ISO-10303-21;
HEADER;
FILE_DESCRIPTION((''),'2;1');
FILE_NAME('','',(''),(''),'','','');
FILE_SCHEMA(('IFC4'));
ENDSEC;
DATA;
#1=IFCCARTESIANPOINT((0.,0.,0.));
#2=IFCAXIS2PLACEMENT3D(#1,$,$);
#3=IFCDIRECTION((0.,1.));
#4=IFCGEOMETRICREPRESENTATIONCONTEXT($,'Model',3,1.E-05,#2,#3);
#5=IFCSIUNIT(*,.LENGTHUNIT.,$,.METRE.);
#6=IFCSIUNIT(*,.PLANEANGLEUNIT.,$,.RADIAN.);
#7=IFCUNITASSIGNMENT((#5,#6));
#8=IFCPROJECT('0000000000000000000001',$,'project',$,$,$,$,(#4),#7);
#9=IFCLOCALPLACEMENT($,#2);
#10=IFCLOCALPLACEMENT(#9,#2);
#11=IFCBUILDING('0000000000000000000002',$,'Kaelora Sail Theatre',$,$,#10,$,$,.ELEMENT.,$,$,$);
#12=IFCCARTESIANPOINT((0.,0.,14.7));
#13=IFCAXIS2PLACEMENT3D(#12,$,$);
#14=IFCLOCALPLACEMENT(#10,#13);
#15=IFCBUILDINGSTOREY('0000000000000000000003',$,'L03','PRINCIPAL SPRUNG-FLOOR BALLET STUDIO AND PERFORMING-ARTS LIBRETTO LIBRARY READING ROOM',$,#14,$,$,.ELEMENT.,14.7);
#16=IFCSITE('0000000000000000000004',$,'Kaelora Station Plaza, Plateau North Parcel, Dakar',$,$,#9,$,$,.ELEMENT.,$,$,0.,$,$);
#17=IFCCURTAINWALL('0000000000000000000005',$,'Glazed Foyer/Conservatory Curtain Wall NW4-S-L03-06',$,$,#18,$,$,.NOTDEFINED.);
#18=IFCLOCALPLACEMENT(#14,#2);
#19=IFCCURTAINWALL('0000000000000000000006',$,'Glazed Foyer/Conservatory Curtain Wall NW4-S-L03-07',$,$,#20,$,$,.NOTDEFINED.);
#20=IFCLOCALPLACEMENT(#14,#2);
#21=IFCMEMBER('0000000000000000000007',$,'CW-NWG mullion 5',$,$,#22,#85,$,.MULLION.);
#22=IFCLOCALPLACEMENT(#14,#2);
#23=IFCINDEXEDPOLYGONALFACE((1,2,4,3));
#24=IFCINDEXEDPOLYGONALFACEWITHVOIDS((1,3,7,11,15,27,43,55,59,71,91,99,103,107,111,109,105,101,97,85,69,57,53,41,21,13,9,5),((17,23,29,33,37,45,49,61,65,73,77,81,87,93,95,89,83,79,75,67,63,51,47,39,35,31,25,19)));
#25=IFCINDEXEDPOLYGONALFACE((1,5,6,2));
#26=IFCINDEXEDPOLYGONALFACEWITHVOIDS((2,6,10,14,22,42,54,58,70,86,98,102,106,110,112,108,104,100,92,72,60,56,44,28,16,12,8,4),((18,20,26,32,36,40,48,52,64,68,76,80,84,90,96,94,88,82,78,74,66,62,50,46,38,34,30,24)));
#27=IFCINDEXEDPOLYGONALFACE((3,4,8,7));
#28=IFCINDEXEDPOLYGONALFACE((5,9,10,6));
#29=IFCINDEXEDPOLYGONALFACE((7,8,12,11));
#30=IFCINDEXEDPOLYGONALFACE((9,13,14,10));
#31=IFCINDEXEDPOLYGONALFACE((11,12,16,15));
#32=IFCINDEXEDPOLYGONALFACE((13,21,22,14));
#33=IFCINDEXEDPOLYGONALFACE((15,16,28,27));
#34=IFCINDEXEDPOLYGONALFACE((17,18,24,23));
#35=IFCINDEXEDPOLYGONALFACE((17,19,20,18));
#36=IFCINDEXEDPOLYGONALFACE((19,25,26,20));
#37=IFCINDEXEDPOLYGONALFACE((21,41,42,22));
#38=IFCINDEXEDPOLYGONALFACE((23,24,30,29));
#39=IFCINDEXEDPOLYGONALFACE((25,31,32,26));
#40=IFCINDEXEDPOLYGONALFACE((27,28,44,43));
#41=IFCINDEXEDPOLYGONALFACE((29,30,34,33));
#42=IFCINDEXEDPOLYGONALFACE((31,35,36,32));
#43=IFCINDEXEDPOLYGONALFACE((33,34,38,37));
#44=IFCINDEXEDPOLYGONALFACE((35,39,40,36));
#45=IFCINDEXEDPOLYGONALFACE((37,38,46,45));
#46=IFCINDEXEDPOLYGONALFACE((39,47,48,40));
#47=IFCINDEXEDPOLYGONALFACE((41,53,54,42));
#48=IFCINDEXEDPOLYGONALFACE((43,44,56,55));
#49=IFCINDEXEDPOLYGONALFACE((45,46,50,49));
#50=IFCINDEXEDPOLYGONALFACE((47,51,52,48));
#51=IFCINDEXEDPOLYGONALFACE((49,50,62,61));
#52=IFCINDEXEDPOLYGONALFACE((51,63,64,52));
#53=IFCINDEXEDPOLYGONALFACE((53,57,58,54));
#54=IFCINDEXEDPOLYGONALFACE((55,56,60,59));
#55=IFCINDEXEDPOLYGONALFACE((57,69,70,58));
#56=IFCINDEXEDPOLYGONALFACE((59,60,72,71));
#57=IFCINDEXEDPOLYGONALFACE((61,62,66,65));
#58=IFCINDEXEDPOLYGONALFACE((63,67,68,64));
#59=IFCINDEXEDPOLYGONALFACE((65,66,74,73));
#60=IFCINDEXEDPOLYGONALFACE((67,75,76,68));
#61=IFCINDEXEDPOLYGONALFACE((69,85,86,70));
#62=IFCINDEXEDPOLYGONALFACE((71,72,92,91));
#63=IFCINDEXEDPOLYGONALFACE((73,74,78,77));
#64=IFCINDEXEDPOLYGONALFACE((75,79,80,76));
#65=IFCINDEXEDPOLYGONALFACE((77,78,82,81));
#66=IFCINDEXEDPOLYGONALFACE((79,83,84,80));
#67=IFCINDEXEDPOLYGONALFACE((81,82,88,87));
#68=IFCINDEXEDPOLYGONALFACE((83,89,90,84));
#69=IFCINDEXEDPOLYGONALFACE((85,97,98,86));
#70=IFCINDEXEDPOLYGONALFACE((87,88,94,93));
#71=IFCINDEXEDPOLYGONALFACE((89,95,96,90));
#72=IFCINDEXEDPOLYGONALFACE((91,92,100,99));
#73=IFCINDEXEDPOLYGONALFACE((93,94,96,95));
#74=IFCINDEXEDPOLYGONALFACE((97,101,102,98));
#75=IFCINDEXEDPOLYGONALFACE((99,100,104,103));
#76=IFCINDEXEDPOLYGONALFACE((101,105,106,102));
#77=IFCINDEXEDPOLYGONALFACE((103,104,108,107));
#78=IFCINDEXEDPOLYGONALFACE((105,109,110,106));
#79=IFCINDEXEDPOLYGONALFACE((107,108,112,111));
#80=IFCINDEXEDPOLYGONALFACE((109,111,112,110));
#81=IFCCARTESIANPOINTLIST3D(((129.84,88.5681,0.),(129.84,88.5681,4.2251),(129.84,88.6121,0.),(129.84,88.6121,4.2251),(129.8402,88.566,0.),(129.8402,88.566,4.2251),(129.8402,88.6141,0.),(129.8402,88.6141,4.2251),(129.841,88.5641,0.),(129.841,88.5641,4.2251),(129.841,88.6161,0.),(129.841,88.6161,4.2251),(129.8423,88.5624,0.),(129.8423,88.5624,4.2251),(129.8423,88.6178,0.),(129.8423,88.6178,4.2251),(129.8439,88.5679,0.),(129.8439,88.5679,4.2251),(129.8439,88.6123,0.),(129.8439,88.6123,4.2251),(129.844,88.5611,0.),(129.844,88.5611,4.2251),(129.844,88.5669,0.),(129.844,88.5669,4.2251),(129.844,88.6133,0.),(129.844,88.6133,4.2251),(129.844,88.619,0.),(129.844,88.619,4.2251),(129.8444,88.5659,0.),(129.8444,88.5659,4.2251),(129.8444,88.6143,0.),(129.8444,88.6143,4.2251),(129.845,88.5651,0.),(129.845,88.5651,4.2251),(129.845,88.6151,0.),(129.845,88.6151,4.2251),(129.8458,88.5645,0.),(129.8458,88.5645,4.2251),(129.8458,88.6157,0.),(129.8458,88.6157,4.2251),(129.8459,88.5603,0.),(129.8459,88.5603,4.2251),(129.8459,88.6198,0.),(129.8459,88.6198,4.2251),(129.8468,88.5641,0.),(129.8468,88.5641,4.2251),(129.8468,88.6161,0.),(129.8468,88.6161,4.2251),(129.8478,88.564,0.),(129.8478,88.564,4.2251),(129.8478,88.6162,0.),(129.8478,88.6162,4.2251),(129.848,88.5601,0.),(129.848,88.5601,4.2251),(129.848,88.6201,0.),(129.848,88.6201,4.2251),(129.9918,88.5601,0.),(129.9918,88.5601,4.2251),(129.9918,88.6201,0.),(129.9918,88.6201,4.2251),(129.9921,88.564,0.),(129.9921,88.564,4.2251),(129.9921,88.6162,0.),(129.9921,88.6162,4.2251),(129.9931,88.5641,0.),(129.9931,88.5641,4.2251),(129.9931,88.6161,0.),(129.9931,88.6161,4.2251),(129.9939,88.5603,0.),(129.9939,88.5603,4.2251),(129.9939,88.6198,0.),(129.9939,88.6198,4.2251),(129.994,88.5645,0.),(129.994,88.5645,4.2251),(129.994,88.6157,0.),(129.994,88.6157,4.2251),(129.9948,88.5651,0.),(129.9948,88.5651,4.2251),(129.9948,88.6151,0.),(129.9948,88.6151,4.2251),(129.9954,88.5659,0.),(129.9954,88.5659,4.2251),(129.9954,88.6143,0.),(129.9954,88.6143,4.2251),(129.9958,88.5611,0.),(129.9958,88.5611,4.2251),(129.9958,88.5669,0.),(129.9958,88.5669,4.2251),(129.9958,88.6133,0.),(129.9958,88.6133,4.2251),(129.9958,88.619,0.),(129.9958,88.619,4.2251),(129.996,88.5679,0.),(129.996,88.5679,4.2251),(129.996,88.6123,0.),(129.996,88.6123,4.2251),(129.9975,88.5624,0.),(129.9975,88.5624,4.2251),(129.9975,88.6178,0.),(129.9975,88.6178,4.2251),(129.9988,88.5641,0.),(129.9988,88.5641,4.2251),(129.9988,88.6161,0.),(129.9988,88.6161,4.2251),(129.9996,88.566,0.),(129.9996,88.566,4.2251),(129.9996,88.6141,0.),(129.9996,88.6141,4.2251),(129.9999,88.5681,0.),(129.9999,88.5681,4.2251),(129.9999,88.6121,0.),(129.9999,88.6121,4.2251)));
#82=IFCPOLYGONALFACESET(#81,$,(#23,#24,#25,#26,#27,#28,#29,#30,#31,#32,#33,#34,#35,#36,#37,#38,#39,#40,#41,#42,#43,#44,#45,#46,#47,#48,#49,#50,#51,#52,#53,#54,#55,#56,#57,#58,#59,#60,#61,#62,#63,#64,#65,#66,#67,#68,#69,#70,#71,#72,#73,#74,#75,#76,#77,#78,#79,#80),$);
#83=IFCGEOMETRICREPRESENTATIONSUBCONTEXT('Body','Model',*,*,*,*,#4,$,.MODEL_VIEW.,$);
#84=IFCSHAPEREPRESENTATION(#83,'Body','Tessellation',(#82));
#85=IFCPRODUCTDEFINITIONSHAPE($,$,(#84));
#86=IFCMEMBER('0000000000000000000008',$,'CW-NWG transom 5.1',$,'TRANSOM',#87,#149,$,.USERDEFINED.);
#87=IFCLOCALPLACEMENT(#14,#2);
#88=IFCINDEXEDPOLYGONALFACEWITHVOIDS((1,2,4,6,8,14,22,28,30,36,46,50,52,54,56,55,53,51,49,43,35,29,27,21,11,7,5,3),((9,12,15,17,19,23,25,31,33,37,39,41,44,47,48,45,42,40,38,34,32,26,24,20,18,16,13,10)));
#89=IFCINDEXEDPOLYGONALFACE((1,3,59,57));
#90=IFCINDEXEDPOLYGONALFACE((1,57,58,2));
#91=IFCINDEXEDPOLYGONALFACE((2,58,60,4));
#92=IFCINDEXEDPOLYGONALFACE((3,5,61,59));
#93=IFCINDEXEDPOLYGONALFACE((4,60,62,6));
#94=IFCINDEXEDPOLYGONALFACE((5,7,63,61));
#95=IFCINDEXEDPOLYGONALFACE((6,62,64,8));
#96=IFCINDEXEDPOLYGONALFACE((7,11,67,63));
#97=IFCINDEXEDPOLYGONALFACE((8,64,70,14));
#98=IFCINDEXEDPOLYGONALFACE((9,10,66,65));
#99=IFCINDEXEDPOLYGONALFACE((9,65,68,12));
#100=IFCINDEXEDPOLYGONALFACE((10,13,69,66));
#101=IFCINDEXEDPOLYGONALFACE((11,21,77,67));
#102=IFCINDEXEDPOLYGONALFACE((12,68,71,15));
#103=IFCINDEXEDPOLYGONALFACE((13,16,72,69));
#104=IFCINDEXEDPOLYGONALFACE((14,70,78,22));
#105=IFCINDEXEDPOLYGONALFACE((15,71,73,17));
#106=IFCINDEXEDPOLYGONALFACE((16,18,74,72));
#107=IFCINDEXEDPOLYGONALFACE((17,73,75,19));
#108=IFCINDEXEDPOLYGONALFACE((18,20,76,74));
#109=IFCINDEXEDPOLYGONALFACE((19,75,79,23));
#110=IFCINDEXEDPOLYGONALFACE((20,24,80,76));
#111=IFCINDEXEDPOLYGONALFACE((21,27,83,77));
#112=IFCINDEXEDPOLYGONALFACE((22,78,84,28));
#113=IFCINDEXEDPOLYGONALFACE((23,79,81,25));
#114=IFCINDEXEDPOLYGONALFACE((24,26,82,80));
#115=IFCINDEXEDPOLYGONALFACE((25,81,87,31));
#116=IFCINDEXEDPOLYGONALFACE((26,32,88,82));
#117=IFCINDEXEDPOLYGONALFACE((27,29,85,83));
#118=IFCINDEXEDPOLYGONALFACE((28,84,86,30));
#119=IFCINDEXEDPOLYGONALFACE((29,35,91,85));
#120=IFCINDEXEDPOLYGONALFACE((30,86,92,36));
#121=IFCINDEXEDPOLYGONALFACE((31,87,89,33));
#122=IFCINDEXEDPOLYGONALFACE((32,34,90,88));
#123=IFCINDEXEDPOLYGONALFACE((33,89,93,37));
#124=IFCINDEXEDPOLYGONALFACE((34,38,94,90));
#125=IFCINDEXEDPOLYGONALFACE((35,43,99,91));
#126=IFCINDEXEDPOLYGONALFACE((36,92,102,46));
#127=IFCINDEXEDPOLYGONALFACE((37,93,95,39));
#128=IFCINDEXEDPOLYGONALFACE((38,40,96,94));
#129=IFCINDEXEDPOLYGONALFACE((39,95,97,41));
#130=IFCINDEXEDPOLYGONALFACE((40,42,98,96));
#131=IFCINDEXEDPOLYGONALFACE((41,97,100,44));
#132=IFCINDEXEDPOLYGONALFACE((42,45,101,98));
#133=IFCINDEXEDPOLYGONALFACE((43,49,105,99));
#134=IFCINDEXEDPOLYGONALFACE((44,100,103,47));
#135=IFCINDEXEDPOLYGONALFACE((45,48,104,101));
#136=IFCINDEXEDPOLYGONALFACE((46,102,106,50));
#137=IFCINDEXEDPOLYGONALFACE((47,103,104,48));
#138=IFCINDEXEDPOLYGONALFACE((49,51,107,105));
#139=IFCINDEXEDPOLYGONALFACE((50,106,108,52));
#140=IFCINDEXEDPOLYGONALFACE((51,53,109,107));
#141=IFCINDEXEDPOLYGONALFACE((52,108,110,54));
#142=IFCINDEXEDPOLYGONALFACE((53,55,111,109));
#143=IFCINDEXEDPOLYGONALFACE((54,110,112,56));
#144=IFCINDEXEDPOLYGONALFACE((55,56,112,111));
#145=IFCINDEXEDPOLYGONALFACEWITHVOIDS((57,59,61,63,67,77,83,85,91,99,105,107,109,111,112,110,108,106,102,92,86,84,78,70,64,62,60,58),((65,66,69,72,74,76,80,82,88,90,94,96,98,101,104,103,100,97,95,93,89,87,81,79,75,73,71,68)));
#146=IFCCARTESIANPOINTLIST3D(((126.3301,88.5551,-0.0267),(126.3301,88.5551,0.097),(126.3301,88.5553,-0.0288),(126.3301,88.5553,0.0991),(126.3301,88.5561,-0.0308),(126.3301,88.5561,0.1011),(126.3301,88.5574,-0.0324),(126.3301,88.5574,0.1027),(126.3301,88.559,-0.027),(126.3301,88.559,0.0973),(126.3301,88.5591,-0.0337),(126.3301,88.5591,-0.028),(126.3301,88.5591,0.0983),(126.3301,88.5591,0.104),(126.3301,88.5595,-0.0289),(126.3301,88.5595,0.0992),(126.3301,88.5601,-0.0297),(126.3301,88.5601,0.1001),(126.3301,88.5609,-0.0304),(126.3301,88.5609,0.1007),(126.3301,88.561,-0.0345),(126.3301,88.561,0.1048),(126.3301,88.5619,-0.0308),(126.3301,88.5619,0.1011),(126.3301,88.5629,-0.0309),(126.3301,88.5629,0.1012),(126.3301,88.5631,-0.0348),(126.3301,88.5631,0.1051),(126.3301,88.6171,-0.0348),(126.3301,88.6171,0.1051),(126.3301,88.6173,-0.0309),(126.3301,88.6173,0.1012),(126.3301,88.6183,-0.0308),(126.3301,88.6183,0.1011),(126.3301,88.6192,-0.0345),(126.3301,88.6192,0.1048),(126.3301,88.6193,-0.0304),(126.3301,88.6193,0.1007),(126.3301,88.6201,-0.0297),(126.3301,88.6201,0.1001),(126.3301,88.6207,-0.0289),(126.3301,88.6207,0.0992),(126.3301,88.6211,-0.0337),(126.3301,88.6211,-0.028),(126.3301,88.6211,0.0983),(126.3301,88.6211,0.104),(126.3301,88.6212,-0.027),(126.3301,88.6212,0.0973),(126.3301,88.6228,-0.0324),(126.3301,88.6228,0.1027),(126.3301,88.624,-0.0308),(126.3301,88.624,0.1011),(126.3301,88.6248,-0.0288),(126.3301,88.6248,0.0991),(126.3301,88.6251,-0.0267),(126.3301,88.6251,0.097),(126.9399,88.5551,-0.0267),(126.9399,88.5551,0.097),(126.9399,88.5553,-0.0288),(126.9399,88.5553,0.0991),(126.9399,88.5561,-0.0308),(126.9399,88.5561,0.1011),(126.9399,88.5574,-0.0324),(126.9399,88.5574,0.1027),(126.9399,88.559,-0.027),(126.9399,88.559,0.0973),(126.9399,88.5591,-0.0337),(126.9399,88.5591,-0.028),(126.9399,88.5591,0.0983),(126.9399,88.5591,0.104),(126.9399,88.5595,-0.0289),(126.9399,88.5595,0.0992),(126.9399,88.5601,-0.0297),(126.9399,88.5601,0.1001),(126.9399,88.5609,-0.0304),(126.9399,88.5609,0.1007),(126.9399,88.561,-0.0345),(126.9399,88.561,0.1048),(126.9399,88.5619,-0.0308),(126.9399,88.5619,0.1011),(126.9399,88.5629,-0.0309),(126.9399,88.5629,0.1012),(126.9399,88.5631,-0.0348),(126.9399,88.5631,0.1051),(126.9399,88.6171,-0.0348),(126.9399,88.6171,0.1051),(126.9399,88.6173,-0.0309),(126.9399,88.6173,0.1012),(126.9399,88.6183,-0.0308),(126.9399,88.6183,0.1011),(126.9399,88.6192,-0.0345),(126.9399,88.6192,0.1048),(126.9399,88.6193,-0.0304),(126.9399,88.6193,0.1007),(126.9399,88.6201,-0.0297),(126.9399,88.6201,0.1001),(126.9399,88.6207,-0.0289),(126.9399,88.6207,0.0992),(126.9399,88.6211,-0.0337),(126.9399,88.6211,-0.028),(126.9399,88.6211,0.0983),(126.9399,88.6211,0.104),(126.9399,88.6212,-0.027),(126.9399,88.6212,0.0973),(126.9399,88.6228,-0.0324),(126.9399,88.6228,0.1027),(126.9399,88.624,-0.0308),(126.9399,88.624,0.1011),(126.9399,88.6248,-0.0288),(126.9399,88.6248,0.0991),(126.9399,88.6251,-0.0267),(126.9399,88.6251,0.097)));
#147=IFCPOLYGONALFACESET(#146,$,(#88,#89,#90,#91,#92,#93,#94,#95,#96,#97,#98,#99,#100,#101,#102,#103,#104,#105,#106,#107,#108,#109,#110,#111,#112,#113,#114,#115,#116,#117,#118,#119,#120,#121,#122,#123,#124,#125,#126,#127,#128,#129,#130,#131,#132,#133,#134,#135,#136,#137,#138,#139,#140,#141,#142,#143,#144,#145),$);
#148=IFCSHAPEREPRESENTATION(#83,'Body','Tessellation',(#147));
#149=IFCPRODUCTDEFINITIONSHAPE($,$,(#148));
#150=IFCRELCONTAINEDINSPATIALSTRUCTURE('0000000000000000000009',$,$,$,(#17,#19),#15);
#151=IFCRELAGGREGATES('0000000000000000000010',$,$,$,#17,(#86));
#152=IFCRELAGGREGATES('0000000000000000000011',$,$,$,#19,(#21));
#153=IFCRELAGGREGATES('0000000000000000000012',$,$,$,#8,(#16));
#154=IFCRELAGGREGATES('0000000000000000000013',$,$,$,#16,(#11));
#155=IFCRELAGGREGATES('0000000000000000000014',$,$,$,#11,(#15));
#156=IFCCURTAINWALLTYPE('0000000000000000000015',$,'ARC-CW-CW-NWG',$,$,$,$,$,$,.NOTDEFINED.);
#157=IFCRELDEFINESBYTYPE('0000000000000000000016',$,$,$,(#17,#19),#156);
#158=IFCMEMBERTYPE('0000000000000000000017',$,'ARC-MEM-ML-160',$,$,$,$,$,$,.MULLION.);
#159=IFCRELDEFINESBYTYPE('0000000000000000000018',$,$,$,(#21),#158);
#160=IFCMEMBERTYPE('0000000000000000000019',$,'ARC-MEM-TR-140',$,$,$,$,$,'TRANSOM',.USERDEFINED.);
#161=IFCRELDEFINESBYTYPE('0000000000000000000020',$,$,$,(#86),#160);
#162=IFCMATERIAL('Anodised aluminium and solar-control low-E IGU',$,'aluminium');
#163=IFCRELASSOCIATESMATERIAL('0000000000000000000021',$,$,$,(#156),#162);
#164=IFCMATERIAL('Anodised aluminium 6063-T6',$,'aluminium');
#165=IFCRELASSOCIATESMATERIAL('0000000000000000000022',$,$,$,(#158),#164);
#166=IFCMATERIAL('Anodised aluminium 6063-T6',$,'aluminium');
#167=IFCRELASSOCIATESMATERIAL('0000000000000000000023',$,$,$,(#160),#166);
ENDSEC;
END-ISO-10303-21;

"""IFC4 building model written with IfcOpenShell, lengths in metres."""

from ifc_helpers import new_model, si_unit, direction, frame, origin, origin_2d, place, context, subcontext, project, spatial, hollow_rectangle, extrude, material, material_profile, profile_set, type_object, element, aggregate, save


model = new_model("IFC4")

# Units and contexts
model_context = context("Model", 3, precision=1e-05, world=origin(), true_north=direction((0.0, 1.0)))
body_context = subcontext(model_context, "Body", "Model", "MODEL_VIEW")
ifc_project = project(units=[si_unit("LENGTHUNIT", "METRE"), si_unit("PLANEANGLEUNIT", "RADIAN")], contexts=[model_context])

# Site, building, storey
site_placement = place(None, origin())
site = spatial("IfcSite", under=ifc_project, at=site_placement, Name="Kaelora Station Plaza, Plateau North Parcel, Dakar", CompositionType="ELEMENT", RefElevation=0.0)
building_placement = place(site_placement, origin())
building = spatial("IfcBuilding", under=site, at=building_placement, Name="Kaelora Sail Theatre", CompositionType="ELEMENT")
storey_placement = place(building_placement, frame((0.0, 0.0, 14.7)))
storey = spatial("IfcBuildingStorey", under=building, at=storey_placement, Name="L03", Description="PRINCIPAL SPRUNG-FLOOR BALLET STUDIO AND PERFORMING-ARTS LIBRETTO LIBRARY READING ROOM", CompositionType="ELEMENT", Elevation=14.7)

# Curtain walls, member
ifc_material_1 = material(Name="Anodised aluminium and solar-control low-E IGU", Category="aluminium")
curtain_wall_type = type_object("IfcCurtainWallType", Name="ARC-CW-CW-NWG", PredefinedType="NOTDEFINED", material=ifc_material_1)
curtain_wall_1_placement = place(storey_placement, origin())
curtain_wall_1 = element("IfcCurtainWall", 1, at=curtain_wall_1_placement, inside=storey, type_object=curtain_wall_type, Name="Glazed Foyer/Conservatory Curtain Wall NW4-S-L03-06", PredefinedType="NOTDEFINED")
ifc_material_2 = material(Name="Anodised aluminium 6063-T6", Category="aluminium")
ifc_material_profile_1 = material_profile(ifc_material_2, hollow_rectangle(XDim=0.0601, YDim=0.1599, WallThickness=0.0039, InnerFilletRadius=0.0039, OuterFilletRadius=0.0081, at=origin_2d()), Name="ALU-MULL 60x160x4")
ifc_profile_set_1 = profile_set([ifc_material_profile_1], Name="Anodised aluminium 6063-T6")
member_type_1 = type_object("IfcMemberType", Name="ARC-MEM-ML-160", PredefinedType="MULLION", material=ifc_profile_set_1)
curtain_wall_2_placement = place(storey_placement, origin())
curtain_wall_2 = element("IfcCurtainWall", 2, at=curtain_wall_2_placement, inside=storey, type_object=curtain_wall_type, Name="Glazed Foyer/Conservatory Curtain Wall NW4-S-L03-07", PredefinedType="NOTDEFINED")
member_1_placement = place(storey_placement, frame((129.9199, 88.5901, 0.0), z_axis=(0.0, 0.0, 1.0), x_axis=(0.0, 1.0, 0.0)))
member_1 = element("IfcMember", 3, at=member_1_placement, type_object=member_type_1, Name="CW-NWG mullion 5", PredefinedType="MULLION", context=body_context, shape_type="SweptSolid", body=[
    extrude(hollow_rectangle(XDim=0.0601, YDim=0.1599, WallThickness=0.0039, InnerFilletRadius=0.0039, OuterFilletRadius=0.0081, at=origin_2d()), origin(), (0.0, 0.0, 1.0), 4.2251),
])

# Member
ifc_material_3 = material(Name="Anodised aluminium 6063-T6", Category="aluminium")
ifc_material_profile_2 = material_profile(ifc_material_3, hollow_rectangle(XDim=0.0701, YDim=0.1399, WallThickness=0.0039, InnerFilletRadius=0.0039, OuterFilletRadius=0.0081, at=origin_2d()), Name="ALU-TRAN 70x140x4")
ifc_profile_set_2 = profile_set([ifc_material_profile_2], Name="Anodised aluminium 6063-T6")
member_type_2 = type_object("IfcMemberType", Name="ARC-MEM-TR-140", ElementType="TRANSOM", PredefinedType="USERDEFINED", material=ifc_profile_set_2)
member_2_placement = place(storey_placement, frame((126.3301, 88.5901, 0.0352), z_axis=(1.0, 0.0, 0.0), x_axis=(0.0, 1.0, 0.0)))
member_2 = element("IfcMember", 4, at=member_2_placement, type_object=member_type_2, Name="CW-NWG transom 5.1", ObjectType="TRANSOM", PredefinedType="USERDEFINED", context=body_context, shape_type="SweptSolid", body=[
    extrude(hollow_rectangle(XDim=0.0701, YDim=0.1399, WallThickness=0.0039, InnerFilletRadius=0.0039, OuterFilletRadius=0.0081, at=origin_2d()), origin(), (0.0, 0.0, 1.0), 0.6099),
])

aggregate(curtain_wall_1, [member_2])
aggregate(curtain_wall_2, [member_1])

save(model, "model.ifc")
